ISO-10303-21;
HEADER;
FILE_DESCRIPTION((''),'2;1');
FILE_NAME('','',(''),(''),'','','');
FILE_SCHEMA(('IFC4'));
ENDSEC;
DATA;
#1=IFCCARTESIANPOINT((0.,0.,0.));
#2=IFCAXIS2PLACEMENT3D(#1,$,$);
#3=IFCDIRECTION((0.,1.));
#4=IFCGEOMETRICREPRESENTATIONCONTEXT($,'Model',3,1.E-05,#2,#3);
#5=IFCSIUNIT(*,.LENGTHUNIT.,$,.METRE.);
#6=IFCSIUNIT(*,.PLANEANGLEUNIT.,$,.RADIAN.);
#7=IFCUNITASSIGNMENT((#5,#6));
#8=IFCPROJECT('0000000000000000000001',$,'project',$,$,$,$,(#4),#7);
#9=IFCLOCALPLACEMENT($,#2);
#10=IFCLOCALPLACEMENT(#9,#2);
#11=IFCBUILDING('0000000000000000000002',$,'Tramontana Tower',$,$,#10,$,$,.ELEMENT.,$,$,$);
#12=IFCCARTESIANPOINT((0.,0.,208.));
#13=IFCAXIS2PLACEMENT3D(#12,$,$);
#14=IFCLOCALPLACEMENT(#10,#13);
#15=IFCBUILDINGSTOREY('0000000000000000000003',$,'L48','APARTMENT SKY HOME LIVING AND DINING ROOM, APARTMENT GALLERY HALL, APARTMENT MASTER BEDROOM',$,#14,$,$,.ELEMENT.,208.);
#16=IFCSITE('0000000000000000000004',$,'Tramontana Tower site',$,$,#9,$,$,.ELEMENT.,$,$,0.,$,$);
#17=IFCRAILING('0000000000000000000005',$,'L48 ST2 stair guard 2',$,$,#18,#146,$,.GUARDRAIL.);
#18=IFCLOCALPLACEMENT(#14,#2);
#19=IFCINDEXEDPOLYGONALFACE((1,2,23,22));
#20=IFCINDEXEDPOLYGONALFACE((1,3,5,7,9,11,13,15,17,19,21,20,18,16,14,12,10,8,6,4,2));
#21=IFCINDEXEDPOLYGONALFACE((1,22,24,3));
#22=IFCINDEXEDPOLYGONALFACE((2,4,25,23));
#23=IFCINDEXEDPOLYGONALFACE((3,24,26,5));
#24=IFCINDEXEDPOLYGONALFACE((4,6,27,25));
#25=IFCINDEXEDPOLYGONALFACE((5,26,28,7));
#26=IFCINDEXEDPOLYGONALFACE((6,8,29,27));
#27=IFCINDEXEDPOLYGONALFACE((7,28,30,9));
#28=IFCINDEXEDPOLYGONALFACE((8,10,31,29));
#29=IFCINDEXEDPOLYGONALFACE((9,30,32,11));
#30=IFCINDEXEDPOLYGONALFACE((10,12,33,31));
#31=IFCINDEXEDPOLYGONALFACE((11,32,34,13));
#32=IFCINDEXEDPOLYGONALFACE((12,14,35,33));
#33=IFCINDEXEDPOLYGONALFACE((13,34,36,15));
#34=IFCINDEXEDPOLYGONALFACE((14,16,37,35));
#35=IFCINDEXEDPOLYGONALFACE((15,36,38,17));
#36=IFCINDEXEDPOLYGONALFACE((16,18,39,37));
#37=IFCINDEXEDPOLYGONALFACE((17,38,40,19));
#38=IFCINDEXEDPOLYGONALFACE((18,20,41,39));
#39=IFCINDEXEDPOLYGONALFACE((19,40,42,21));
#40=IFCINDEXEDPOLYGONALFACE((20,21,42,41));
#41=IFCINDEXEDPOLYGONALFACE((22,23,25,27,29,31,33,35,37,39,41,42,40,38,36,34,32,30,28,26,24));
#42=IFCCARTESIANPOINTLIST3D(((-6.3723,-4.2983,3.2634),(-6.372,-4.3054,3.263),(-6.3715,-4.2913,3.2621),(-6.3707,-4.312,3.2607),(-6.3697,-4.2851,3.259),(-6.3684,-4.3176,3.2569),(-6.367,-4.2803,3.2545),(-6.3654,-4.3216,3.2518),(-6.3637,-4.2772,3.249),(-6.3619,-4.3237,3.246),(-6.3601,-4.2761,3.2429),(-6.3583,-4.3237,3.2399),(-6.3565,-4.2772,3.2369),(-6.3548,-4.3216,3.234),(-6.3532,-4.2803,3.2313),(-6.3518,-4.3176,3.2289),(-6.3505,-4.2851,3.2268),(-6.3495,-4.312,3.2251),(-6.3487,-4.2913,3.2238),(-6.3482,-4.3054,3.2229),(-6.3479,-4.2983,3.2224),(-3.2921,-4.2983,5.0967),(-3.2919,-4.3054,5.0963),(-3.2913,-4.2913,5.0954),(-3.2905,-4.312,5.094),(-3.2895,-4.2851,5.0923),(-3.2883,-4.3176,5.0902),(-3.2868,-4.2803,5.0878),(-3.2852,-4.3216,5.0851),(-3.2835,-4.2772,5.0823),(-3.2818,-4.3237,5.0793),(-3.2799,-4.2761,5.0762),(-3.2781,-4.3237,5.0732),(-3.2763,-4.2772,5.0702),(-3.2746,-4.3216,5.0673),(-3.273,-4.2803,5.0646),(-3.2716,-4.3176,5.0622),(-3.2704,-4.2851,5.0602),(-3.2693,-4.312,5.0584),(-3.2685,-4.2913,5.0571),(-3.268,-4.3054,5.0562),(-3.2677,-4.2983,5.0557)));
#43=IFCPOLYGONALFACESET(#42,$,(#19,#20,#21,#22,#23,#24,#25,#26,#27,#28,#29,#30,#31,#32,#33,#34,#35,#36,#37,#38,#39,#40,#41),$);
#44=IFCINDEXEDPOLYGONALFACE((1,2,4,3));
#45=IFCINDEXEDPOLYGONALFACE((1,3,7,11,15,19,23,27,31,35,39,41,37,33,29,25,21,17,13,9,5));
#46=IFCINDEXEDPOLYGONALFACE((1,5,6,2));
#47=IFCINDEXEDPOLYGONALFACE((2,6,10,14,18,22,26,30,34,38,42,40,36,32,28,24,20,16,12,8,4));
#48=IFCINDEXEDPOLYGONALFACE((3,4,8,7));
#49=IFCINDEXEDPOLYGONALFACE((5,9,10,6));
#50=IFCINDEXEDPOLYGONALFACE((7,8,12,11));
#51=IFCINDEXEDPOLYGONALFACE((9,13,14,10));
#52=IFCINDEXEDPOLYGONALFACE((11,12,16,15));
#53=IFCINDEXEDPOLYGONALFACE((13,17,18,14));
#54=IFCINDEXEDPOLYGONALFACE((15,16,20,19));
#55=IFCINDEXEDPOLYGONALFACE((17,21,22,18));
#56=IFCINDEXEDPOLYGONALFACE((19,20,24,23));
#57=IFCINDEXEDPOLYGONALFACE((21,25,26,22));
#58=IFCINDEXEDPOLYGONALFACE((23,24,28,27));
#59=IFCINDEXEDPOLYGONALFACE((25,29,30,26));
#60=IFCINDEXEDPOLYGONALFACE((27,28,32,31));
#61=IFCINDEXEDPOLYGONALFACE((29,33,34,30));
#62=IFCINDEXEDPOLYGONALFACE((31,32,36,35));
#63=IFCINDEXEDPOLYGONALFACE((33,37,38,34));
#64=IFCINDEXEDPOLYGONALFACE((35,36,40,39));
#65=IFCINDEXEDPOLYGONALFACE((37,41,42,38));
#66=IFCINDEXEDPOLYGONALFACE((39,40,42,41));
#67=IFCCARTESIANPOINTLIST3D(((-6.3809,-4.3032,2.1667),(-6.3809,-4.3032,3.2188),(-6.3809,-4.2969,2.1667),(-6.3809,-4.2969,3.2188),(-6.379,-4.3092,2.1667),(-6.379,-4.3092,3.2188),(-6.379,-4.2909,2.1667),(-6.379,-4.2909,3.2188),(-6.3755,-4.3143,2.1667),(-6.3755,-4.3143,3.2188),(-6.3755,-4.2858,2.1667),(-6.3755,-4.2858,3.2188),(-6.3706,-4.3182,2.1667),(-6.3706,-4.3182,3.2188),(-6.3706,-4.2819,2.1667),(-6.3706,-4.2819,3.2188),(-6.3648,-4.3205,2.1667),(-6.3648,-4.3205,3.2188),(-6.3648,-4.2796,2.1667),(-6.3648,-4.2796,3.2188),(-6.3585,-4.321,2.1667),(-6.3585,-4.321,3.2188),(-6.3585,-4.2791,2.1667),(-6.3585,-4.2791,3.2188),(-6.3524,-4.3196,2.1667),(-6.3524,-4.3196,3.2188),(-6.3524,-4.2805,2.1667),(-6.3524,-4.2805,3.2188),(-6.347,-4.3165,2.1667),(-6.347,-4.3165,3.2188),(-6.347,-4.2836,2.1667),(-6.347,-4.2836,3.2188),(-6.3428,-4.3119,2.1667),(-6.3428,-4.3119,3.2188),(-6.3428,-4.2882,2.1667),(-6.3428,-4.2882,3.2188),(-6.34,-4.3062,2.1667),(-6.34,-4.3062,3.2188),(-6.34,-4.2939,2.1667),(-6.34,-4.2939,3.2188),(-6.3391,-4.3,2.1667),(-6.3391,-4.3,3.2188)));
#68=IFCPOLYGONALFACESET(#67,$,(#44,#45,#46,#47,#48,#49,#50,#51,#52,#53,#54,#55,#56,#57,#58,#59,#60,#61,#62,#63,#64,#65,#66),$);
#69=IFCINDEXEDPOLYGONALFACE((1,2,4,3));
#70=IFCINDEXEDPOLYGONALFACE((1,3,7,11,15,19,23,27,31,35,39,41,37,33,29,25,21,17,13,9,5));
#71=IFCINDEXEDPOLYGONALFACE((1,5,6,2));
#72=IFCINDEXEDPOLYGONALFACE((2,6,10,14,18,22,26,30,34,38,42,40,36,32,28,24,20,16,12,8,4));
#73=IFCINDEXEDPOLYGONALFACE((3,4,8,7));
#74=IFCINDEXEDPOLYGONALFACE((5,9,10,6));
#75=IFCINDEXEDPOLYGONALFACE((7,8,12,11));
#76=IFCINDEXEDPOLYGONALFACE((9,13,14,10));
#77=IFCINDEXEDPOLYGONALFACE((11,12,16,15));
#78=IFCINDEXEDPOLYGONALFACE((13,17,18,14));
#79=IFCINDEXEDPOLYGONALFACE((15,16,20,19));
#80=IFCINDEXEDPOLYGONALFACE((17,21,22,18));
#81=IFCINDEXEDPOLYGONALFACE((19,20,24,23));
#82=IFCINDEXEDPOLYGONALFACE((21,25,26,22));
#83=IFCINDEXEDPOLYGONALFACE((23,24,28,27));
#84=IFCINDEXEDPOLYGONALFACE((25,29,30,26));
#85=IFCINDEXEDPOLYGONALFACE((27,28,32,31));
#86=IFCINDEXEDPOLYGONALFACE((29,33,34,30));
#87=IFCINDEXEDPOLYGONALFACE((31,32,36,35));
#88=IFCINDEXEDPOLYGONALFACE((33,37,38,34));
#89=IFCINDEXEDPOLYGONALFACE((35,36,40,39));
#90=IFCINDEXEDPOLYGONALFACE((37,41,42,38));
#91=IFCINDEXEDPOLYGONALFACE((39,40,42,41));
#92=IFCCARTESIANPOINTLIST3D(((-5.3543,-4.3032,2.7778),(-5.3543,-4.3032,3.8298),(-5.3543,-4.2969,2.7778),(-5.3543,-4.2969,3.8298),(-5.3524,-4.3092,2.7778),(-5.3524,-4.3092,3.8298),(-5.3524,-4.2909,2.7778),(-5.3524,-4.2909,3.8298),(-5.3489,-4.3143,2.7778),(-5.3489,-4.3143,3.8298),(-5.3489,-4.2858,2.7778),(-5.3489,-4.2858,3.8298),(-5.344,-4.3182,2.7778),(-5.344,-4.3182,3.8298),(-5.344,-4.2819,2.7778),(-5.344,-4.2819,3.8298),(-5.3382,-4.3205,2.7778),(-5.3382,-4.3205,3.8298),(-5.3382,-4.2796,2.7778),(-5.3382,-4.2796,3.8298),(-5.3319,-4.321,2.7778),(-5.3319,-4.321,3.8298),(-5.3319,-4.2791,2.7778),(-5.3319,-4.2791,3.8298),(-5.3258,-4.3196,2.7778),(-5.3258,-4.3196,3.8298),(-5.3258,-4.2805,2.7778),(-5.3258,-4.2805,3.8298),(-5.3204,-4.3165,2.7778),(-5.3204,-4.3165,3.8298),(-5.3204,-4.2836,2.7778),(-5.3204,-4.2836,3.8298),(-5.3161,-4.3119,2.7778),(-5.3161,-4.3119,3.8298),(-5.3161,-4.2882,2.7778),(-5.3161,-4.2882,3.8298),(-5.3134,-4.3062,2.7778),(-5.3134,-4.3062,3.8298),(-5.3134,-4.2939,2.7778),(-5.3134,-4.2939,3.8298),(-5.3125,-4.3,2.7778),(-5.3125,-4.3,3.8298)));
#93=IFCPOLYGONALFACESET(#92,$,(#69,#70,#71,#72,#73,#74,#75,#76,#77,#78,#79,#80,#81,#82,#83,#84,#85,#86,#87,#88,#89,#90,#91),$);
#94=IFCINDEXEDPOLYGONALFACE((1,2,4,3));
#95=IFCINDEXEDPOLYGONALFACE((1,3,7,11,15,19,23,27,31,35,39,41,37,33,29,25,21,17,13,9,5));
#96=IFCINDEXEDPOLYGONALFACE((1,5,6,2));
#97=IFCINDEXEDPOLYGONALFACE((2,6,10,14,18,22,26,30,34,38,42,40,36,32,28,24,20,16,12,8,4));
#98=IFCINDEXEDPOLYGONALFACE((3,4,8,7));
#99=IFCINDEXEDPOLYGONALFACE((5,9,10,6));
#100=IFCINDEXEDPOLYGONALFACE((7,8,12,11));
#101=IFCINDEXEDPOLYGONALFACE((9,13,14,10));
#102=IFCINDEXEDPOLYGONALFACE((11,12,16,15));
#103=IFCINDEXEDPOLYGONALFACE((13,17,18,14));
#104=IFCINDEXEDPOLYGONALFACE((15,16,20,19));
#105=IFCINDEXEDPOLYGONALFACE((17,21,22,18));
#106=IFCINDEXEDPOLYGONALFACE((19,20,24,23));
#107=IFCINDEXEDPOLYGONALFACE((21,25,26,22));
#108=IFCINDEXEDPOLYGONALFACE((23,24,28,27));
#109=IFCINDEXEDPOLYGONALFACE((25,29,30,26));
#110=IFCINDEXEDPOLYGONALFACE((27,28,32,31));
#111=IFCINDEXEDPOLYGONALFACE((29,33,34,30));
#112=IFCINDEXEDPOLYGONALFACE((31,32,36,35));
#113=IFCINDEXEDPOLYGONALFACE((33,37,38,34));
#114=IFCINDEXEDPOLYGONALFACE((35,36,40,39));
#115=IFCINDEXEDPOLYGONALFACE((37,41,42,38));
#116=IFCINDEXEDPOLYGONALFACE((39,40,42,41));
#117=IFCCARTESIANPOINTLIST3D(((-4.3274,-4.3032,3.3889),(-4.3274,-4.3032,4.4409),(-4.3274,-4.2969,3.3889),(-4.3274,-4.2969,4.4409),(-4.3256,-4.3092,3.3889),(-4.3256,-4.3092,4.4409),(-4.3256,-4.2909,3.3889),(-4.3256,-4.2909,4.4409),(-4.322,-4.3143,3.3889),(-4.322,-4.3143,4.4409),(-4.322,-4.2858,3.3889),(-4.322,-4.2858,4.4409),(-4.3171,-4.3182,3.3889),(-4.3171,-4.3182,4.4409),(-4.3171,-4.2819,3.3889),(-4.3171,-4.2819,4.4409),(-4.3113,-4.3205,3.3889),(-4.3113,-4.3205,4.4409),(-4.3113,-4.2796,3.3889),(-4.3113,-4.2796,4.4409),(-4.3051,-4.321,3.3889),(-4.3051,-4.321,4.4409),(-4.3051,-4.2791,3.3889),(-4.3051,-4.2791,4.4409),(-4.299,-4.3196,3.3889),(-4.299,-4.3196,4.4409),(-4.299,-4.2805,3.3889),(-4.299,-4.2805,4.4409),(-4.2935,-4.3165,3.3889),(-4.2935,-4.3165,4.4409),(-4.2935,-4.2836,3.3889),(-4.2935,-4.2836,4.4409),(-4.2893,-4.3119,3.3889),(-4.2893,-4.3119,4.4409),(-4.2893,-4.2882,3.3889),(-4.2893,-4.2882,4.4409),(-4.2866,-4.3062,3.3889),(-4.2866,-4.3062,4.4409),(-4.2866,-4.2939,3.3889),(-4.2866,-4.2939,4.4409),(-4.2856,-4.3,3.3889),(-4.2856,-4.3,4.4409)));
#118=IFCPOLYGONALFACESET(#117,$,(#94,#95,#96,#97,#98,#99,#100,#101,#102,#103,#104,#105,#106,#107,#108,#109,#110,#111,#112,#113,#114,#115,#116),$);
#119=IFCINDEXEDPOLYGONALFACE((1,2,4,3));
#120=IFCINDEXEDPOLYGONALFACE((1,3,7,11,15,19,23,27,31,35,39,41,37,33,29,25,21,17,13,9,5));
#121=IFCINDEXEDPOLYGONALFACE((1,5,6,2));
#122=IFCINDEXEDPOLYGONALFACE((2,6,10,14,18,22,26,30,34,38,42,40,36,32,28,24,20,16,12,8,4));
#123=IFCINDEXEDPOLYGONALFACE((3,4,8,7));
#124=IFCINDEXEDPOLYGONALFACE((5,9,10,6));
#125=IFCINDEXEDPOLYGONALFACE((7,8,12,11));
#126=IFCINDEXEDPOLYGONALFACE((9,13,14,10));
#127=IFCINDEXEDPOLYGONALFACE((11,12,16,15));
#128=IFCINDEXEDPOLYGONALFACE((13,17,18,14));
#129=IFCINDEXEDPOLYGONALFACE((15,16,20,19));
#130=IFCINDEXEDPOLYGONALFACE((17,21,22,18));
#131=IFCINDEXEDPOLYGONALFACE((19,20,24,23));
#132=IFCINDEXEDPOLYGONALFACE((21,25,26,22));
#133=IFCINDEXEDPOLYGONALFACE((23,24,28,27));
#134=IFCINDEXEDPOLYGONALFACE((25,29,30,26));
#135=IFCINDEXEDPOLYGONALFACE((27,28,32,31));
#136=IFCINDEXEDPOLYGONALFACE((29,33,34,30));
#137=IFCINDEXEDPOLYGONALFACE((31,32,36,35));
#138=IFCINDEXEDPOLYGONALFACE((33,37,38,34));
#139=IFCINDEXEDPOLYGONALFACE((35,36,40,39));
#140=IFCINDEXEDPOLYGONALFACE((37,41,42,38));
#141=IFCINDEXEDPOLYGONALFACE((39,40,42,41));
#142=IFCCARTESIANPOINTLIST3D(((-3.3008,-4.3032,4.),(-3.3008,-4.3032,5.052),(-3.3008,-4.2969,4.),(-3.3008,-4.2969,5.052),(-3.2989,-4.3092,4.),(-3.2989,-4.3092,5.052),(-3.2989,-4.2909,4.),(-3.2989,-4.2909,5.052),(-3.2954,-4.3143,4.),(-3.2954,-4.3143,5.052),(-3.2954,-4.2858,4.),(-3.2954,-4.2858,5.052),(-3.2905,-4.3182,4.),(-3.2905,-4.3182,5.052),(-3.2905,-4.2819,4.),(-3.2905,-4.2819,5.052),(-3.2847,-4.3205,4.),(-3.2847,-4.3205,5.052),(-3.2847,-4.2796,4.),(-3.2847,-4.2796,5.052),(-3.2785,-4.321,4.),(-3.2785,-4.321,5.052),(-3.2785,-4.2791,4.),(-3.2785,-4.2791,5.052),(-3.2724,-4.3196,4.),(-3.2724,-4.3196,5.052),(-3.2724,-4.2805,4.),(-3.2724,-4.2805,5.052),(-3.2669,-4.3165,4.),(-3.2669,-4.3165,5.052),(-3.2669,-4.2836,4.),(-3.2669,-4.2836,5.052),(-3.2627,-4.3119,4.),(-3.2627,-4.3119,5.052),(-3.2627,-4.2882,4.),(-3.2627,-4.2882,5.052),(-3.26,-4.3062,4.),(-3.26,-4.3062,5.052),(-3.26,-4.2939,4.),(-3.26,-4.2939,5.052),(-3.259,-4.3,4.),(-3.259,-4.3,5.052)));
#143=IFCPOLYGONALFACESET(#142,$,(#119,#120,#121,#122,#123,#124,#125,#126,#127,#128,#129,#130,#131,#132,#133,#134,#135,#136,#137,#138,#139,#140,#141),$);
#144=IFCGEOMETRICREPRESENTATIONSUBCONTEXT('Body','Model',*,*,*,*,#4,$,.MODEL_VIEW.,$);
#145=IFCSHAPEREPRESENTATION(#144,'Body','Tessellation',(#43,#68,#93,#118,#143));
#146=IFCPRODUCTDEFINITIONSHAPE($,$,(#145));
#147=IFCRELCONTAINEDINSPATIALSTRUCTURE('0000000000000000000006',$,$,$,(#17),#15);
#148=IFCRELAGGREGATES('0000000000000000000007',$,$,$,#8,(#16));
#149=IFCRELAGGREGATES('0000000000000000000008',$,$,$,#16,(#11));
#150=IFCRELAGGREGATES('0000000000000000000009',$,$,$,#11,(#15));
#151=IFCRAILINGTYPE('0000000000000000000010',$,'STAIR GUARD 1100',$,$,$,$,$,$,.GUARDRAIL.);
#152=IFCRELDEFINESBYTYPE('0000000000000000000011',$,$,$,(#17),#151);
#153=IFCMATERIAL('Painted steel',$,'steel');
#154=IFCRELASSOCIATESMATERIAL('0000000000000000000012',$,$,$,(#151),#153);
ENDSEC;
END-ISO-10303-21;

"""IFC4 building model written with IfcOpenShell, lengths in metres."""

from ifc_helpers import new_model, si_unit, direction, frame, origin, origin_2d, place, context, subcontext, project, spatial, circle, extrude, material, type_object, element, save


model = new_model("IFC4")

# Units and contexts
model_context = context("Model", 3, precision=1e-05, world=origin(), true_north=direction((0.0, 1.0)))
body_context = subcontext(model_context, "Body", "Model", "MODEL_VIEW")
ifc_project = project(units=[si_unit("LENGTHUNIT", "METRE"), si_unit("PLANEANGLEUNIT", "RADIAN")], contexts=[model_context])

# Site, building, storey
site_placement = place(None, origin())
site = spatial("IfcSite", under=ifc_project, at=site_placement, Name="Tramontana Tower site", CompositionType="ELEMENT", RefElevation=0.0)
building_placement = place(site_placement, origin())
building = spatial("IfcBuilding", under=site, at=building_placement, Name="Tramontana Tower", CompositionType="ELEMENT")
storey_placement = place(building_placement, frame((0.0, 0.0, 208.0)))
storey = spatial("IfcBuildingStorey", under=building, at=storey_placement, Name="L48", Description="APARTMENT SKY HOME LIVING AND DINING ROOM, APARTMENT GALLERY HALL, APARTMENT MASTER BEDROOM", CompositionType="ELEMENT", Elevation=208.0)

# Railing
ifc_material_1 = material(Name="Painted steel", Category="steel")
railing_type_1 = type_object("IfcRailingType", Name="STAIR GUARD 1100", PredefinedType="GUARDRAIL", material=ifc_material_1)
railing_1_placement = place(storey_placement, frame((-6.3601, -4.3, 2.1667)))
element("IfcRailing", 1, at=railing_1_placement, inside=storey, type_object=railing_type_1, Name="L48 ST2 stair guard 2", PredefinedType="GUARDRAIL", context=body_context, shape_type="SweptSolid", body=[
    extrude(circle(Radius=0.0239, at=origin_2d()), frame((0.0, 0.0, 1.0762), z_axis=(0.859309, 0.0, 0.511458), x_axis=(0.0, 1.0, 0.0)), (0.0, 0.0, 1.0), 3.5845),
    extrude(circle(Radius=0.021, at=origin_2d()), origin(), (0.0, 0.0, 1.0), 1.052),
    extrude(circle(Radius=0.021, at=origin_2d()), frame((1.0266, 0.0, 0.6111)), (0.0, 0.0, 1.0), 1.052),
    extrude(circle(Radius=0.021, at=origin_2d()), frame((2.0535, 0.0, 1.2222)), (0.0, 0.0, 1.0), 1.052),
    extrude(circle(Radius=0.021, at=origin_2d()), frame((3.0801, 0.0, 1.8333)), (0.0, 0.0, 1.0), 1.052),
])

save(model, "model.ifc")
